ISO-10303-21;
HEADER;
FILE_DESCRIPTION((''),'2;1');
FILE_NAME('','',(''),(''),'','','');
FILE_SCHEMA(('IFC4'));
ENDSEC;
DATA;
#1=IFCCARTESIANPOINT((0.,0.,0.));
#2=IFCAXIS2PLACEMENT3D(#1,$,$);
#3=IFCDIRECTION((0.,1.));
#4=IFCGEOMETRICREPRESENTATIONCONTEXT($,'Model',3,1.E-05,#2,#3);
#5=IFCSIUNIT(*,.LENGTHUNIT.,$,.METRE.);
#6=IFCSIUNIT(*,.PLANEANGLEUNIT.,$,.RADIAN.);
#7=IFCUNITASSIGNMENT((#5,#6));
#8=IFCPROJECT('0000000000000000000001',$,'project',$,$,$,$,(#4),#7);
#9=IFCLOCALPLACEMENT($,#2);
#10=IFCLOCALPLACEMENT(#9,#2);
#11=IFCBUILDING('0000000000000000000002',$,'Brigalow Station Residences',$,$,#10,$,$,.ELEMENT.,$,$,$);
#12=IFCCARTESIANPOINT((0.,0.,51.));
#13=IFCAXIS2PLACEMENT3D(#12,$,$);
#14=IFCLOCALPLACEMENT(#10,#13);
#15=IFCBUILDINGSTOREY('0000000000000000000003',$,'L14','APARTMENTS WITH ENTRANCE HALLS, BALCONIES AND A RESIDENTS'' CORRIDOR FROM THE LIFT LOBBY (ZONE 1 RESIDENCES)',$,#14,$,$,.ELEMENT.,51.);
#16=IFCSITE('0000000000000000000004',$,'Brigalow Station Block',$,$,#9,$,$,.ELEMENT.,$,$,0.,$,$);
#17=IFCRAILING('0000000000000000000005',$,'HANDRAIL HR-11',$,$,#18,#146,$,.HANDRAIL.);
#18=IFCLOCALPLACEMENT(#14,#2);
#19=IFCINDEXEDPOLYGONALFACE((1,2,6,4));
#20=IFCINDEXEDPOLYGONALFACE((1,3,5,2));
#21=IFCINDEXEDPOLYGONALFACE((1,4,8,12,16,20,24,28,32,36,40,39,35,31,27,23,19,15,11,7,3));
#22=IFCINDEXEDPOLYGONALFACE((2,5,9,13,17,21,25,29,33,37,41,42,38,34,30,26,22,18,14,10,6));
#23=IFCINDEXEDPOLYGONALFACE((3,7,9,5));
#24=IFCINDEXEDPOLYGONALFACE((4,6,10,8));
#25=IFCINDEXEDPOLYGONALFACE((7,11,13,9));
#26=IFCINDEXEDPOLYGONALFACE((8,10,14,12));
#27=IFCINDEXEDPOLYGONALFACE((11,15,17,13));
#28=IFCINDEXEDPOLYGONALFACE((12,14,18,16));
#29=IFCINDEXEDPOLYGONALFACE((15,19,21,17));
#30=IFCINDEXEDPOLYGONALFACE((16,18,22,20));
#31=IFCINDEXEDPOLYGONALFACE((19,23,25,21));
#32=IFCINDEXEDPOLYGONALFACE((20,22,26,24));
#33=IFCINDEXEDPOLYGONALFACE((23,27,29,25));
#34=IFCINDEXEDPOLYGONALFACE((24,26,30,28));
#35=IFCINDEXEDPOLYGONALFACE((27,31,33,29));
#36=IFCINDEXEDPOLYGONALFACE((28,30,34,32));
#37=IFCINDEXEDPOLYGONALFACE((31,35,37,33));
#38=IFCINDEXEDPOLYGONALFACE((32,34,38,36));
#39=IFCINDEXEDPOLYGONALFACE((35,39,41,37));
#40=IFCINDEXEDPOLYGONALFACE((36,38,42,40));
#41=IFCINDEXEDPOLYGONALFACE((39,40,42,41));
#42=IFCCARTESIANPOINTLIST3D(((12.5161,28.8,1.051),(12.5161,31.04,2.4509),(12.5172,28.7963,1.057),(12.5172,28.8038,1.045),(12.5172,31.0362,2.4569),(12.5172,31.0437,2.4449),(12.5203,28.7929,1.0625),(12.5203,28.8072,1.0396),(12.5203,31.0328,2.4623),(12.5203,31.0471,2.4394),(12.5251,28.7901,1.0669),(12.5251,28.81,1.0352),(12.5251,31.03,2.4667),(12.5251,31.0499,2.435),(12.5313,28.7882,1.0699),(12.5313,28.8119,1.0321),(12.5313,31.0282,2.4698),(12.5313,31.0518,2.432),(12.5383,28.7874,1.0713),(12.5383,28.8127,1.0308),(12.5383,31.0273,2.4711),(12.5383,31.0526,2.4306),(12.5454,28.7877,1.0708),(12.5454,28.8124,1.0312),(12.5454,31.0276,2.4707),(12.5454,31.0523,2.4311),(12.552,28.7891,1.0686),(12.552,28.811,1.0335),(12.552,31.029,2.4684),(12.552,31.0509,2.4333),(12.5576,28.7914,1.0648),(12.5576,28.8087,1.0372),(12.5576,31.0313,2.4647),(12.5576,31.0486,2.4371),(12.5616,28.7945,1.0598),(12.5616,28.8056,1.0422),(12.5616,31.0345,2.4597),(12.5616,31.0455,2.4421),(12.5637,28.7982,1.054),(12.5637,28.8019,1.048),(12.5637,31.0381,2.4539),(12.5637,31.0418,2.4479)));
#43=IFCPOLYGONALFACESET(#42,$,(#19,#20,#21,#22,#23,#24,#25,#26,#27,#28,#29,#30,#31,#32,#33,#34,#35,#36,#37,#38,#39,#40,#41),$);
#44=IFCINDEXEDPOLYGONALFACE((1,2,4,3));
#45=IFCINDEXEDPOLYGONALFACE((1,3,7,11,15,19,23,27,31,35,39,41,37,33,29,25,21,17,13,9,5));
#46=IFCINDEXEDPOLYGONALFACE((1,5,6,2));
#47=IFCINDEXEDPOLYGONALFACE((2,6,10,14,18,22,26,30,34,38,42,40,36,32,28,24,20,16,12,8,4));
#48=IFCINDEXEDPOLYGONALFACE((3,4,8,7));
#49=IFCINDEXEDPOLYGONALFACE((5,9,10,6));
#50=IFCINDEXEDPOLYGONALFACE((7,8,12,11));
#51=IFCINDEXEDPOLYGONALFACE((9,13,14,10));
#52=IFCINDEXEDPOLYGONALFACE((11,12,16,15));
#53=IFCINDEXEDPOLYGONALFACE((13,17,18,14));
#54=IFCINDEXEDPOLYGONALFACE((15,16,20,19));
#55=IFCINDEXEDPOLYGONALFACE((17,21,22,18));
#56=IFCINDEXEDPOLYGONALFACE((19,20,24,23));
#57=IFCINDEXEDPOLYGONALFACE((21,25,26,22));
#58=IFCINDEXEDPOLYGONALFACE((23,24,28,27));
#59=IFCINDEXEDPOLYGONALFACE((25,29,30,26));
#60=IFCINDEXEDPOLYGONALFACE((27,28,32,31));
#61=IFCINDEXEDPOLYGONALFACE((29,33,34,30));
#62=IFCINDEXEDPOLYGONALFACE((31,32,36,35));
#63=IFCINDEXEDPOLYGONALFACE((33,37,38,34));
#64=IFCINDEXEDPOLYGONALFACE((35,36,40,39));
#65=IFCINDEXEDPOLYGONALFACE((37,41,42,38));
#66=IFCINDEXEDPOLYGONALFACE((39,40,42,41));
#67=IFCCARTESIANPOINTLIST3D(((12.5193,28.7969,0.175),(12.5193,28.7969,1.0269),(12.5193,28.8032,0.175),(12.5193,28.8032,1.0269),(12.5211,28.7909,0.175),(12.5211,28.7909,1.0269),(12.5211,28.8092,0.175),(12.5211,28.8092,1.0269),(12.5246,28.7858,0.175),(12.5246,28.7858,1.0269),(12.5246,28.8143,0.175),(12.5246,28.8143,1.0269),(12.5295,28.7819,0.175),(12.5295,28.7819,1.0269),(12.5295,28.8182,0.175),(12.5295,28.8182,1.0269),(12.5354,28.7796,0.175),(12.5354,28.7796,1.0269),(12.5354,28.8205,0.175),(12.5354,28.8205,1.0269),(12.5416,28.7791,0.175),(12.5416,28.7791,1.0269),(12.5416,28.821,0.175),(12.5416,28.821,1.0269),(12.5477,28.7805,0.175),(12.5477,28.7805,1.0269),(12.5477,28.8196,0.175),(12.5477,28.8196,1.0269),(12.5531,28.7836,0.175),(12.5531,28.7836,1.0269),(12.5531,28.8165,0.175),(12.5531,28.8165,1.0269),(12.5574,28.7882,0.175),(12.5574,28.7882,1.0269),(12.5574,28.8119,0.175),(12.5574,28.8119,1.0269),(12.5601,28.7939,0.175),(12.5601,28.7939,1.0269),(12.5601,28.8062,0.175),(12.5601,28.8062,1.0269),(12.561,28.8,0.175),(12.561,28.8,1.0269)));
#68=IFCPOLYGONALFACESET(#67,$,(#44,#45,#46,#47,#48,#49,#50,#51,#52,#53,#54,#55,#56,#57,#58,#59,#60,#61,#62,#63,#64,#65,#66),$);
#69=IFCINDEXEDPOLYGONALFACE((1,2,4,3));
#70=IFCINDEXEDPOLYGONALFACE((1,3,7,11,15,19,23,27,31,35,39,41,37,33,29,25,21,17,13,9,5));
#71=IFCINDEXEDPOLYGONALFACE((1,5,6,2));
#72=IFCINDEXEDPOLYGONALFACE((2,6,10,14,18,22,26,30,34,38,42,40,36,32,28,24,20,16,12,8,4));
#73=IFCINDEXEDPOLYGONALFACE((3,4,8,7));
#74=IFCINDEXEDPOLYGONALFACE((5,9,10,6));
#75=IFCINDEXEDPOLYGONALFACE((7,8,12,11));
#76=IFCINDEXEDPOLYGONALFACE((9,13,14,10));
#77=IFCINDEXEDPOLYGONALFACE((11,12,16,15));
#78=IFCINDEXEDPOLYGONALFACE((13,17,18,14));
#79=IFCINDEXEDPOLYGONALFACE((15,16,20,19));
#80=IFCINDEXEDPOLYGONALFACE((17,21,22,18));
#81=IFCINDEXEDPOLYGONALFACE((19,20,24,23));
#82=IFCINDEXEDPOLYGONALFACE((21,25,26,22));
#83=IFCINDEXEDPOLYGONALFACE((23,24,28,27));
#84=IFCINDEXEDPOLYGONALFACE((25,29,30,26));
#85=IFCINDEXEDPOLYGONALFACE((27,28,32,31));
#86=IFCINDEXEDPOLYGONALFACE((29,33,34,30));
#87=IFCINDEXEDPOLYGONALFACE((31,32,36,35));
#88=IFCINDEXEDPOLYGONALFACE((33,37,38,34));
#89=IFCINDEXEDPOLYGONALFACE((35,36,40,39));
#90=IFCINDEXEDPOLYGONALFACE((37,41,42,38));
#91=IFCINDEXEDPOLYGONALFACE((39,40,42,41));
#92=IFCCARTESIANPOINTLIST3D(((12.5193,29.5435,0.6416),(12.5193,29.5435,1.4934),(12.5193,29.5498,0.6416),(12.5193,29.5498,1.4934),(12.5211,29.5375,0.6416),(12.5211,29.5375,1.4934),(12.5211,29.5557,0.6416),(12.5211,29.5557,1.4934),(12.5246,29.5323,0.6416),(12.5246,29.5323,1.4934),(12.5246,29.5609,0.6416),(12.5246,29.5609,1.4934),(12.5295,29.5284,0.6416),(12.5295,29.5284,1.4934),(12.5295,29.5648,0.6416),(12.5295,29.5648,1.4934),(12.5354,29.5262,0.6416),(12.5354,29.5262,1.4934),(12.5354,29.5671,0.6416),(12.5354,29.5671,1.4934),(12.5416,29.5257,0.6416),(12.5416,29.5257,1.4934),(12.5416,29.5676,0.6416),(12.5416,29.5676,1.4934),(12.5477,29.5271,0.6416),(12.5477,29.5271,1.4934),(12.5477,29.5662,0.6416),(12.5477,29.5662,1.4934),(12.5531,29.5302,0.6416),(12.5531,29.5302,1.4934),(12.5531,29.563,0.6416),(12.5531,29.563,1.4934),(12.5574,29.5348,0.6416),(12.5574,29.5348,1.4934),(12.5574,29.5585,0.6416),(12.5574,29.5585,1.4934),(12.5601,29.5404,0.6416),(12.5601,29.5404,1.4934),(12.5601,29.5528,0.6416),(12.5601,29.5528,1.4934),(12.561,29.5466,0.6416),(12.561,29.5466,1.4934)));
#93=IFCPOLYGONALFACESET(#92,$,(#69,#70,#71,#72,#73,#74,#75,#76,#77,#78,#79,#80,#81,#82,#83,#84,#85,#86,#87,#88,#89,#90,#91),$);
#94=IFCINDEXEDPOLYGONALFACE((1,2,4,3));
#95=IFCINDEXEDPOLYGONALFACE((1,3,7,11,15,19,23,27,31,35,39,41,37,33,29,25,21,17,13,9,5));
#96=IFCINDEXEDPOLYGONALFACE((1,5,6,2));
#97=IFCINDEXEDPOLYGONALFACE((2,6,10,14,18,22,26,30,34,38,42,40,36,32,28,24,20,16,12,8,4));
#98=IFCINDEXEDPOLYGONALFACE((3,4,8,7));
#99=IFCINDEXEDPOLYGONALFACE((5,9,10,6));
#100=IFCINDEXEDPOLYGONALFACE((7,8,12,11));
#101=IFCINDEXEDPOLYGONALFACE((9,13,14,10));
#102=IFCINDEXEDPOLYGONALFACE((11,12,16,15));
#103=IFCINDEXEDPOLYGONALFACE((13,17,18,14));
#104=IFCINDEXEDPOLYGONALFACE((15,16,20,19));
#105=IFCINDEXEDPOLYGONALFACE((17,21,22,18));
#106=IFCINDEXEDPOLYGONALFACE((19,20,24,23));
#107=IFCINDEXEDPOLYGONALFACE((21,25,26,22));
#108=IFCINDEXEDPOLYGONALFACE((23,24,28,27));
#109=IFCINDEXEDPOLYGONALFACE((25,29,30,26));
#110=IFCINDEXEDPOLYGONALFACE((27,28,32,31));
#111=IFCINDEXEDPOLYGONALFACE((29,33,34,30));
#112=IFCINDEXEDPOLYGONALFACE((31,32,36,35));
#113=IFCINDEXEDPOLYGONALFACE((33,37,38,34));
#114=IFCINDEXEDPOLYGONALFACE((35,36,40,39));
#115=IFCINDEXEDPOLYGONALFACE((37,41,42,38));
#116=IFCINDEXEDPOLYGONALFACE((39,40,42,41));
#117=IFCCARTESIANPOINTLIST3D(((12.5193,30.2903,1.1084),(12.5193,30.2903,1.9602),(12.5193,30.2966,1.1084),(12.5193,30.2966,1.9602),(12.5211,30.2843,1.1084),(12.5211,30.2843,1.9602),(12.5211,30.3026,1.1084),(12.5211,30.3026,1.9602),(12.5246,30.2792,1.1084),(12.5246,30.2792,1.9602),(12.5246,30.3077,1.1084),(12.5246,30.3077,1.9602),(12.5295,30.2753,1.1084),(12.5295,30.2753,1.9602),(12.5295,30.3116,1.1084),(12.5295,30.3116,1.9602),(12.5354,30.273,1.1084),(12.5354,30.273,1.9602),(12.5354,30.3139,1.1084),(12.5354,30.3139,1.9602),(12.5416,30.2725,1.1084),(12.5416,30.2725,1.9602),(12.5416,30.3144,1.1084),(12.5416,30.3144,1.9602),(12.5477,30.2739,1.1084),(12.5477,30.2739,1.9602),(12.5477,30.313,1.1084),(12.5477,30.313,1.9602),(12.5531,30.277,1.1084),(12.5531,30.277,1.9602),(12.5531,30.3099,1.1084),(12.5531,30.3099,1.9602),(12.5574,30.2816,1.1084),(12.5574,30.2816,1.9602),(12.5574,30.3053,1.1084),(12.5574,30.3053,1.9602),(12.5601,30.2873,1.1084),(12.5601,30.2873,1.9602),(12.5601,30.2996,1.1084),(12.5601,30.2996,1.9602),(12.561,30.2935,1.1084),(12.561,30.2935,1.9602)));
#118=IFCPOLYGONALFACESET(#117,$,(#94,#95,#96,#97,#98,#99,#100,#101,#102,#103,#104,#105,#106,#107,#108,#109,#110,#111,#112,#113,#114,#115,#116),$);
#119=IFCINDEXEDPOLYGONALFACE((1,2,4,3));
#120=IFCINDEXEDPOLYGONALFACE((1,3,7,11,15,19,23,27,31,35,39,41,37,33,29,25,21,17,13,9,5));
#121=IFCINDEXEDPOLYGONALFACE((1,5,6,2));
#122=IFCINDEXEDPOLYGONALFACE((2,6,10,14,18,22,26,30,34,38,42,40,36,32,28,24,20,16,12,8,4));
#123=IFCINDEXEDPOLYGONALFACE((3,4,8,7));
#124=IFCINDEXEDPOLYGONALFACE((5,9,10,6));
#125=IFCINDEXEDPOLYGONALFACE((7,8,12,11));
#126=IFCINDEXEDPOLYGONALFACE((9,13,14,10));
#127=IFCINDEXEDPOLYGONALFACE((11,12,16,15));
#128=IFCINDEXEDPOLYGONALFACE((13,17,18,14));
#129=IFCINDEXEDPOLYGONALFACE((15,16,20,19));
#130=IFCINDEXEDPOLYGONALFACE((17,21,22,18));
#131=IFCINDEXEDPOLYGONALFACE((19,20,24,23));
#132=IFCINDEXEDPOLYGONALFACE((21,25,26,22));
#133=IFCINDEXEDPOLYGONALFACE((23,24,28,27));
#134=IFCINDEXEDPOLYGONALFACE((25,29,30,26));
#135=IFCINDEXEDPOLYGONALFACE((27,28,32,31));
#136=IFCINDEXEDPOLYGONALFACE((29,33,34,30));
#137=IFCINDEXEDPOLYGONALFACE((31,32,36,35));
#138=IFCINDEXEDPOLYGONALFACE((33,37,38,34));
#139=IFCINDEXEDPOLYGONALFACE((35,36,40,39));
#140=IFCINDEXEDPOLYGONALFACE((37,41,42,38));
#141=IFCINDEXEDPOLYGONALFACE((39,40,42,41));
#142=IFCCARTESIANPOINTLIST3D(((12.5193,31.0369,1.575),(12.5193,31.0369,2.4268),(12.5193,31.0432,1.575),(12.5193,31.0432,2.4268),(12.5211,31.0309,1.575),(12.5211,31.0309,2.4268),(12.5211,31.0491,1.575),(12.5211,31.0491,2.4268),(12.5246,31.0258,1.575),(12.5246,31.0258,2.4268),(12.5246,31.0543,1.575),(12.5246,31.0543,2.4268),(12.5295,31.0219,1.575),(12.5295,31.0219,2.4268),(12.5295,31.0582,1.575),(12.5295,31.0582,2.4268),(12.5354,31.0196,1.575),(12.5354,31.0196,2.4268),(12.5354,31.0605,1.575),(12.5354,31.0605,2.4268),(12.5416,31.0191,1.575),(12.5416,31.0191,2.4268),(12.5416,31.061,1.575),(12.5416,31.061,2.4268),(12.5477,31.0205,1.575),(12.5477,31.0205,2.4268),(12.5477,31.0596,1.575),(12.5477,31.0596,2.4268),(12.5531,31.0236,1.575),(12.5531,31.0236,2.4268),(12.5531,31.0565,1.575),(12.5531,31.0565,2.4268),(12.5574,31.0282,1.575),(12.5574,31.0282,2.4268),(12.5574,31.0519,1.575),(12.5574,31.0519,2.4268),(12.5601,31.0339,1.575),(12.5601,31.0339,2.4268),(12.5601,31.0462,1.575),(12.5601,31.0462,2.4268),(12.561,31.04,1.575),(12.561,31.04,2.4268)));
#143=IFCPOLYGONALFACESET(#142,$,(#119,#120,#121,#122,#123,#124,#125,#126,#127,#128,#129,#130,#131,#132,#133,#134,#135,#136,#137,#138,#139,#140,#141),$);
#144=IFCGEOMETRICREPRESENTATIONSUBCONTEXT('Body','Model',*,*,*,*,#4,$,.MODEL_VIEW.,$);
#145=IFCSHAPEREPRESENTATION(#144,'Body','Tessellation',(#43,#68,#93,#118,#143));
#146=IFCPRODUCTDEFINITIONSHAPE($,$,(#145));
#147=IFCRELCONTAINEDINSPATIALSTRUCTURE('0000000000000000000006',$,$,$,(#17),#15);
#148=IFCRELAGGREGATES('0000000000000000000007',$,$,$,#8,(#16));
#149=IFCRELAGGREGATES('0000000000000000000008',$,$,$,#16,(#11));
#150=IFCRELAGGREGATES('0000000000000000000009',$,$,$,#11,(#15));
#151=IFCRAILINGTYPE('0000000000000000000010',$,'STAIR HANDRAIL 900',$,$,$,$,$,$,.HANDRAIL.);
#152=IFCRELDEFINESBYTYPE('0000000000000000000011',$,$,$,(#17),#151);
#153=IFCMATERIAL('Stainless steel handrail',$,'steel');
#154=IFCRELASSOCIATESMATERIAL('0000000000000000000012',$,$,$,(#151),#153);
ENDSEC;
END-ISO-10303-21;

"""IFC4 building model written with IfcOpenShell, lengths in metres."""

from ifc_helpers import new_model, si_unit, direction, frame, origin, origin_2d, place, context, subcontext, project, spatial, circle, extrude, material, type_object, element, save


model = new_model("IFC4")

# Units and contexts
model_context = context("Model", 3, precision=1e-05, world=origin(), true_north=direction((0.0, 1.0)))
body_context = subcontext(model_context, "Body", "Model", "MODEL_VIEW")
ifc_project = project(units=[si_unit("LENGTHUNIT", "METRE"), si_unit("PLANEANGLEUNIT", "RADIAN")], contexts=[model_context])

# Site, building, storey
site_placement = place(None, origin())
site = spatial("IfcSite", under=ifc_project, at=site_placement, Name="Brigalow Station Block", CompositionType="ELEMENT", RefElevation=0.0)
building_placement = place(site_placement, origin())
building = spatial("IfcBuilding", under=site, at=building_placement, Name="Brigalow Station Residences", CompositionType="ELEMENT")
storey_placement = place(building_placement, frame((0.0, 0.0, 51.0)))
storey = spatial("IfcBuildingStorey", under=building, at=storey_placement, Name="L14", Description="APARTMENTS WITH ENTRANCE HALLS, BALCONIES AND A RESIDENTS' CORRIDOR FROM THE LIFT LOBBY (ZONE 1 RESIDENCES)", CompositionType="ELEMENT", Elevation=51.0)

# Railing
ifc_material_1 = material(Name="Stainless steel handrail", Category="steel")
railing_type = type_object("IfcRailingType", Name="STAIR HANDRAIL 900", PredefinedType="HANDRAIL", material=ifc_material_1)
railing_placement = place(storey_placement, frame((12.54, 28.8, 0.175)))
element("IfcRailing", 1, at=railing_placement, inside=storey, type_object=railing_type, Name="HANDRAIL HR-11", PredefinedType="HANDRAIL", context=body_context, shape_type="SweptSolid", body=[
    extrude(circle(Radius=0.0239, at=origin_2d()), frame((0.0, 0.0, 0.876), z_axis=(0.0, 0.848014, 0.529974), x_axis=(-1.0, 0.0, 0.0)), (0.0, 0.0, 1.0), 2.6414),
    extrude(circle(Radius=0.021, at=origin_2d()), origin(), (0.0, 0.0, 1.0), 0.8518),
    extrude(circle(Radius=0.021, at=origin_2d()), frame((0.0, 0.7466, 0.4666)), (0.0, 0.0, 1.0), 0.8518),
    extrude(circle(Radius=0.021, at=origin_2d()), frame((0.0, 1.4934, 0.9333)), (0.0, 0.0, 1.0), 0.8518),
    extrude(circle(Radius=0.021, at=origin_2d()), frame((0.0, 2.24, 1.3999)), (0.0, 0.0, 1.0), 0.8518),
])

save(model, "model.ifc")
